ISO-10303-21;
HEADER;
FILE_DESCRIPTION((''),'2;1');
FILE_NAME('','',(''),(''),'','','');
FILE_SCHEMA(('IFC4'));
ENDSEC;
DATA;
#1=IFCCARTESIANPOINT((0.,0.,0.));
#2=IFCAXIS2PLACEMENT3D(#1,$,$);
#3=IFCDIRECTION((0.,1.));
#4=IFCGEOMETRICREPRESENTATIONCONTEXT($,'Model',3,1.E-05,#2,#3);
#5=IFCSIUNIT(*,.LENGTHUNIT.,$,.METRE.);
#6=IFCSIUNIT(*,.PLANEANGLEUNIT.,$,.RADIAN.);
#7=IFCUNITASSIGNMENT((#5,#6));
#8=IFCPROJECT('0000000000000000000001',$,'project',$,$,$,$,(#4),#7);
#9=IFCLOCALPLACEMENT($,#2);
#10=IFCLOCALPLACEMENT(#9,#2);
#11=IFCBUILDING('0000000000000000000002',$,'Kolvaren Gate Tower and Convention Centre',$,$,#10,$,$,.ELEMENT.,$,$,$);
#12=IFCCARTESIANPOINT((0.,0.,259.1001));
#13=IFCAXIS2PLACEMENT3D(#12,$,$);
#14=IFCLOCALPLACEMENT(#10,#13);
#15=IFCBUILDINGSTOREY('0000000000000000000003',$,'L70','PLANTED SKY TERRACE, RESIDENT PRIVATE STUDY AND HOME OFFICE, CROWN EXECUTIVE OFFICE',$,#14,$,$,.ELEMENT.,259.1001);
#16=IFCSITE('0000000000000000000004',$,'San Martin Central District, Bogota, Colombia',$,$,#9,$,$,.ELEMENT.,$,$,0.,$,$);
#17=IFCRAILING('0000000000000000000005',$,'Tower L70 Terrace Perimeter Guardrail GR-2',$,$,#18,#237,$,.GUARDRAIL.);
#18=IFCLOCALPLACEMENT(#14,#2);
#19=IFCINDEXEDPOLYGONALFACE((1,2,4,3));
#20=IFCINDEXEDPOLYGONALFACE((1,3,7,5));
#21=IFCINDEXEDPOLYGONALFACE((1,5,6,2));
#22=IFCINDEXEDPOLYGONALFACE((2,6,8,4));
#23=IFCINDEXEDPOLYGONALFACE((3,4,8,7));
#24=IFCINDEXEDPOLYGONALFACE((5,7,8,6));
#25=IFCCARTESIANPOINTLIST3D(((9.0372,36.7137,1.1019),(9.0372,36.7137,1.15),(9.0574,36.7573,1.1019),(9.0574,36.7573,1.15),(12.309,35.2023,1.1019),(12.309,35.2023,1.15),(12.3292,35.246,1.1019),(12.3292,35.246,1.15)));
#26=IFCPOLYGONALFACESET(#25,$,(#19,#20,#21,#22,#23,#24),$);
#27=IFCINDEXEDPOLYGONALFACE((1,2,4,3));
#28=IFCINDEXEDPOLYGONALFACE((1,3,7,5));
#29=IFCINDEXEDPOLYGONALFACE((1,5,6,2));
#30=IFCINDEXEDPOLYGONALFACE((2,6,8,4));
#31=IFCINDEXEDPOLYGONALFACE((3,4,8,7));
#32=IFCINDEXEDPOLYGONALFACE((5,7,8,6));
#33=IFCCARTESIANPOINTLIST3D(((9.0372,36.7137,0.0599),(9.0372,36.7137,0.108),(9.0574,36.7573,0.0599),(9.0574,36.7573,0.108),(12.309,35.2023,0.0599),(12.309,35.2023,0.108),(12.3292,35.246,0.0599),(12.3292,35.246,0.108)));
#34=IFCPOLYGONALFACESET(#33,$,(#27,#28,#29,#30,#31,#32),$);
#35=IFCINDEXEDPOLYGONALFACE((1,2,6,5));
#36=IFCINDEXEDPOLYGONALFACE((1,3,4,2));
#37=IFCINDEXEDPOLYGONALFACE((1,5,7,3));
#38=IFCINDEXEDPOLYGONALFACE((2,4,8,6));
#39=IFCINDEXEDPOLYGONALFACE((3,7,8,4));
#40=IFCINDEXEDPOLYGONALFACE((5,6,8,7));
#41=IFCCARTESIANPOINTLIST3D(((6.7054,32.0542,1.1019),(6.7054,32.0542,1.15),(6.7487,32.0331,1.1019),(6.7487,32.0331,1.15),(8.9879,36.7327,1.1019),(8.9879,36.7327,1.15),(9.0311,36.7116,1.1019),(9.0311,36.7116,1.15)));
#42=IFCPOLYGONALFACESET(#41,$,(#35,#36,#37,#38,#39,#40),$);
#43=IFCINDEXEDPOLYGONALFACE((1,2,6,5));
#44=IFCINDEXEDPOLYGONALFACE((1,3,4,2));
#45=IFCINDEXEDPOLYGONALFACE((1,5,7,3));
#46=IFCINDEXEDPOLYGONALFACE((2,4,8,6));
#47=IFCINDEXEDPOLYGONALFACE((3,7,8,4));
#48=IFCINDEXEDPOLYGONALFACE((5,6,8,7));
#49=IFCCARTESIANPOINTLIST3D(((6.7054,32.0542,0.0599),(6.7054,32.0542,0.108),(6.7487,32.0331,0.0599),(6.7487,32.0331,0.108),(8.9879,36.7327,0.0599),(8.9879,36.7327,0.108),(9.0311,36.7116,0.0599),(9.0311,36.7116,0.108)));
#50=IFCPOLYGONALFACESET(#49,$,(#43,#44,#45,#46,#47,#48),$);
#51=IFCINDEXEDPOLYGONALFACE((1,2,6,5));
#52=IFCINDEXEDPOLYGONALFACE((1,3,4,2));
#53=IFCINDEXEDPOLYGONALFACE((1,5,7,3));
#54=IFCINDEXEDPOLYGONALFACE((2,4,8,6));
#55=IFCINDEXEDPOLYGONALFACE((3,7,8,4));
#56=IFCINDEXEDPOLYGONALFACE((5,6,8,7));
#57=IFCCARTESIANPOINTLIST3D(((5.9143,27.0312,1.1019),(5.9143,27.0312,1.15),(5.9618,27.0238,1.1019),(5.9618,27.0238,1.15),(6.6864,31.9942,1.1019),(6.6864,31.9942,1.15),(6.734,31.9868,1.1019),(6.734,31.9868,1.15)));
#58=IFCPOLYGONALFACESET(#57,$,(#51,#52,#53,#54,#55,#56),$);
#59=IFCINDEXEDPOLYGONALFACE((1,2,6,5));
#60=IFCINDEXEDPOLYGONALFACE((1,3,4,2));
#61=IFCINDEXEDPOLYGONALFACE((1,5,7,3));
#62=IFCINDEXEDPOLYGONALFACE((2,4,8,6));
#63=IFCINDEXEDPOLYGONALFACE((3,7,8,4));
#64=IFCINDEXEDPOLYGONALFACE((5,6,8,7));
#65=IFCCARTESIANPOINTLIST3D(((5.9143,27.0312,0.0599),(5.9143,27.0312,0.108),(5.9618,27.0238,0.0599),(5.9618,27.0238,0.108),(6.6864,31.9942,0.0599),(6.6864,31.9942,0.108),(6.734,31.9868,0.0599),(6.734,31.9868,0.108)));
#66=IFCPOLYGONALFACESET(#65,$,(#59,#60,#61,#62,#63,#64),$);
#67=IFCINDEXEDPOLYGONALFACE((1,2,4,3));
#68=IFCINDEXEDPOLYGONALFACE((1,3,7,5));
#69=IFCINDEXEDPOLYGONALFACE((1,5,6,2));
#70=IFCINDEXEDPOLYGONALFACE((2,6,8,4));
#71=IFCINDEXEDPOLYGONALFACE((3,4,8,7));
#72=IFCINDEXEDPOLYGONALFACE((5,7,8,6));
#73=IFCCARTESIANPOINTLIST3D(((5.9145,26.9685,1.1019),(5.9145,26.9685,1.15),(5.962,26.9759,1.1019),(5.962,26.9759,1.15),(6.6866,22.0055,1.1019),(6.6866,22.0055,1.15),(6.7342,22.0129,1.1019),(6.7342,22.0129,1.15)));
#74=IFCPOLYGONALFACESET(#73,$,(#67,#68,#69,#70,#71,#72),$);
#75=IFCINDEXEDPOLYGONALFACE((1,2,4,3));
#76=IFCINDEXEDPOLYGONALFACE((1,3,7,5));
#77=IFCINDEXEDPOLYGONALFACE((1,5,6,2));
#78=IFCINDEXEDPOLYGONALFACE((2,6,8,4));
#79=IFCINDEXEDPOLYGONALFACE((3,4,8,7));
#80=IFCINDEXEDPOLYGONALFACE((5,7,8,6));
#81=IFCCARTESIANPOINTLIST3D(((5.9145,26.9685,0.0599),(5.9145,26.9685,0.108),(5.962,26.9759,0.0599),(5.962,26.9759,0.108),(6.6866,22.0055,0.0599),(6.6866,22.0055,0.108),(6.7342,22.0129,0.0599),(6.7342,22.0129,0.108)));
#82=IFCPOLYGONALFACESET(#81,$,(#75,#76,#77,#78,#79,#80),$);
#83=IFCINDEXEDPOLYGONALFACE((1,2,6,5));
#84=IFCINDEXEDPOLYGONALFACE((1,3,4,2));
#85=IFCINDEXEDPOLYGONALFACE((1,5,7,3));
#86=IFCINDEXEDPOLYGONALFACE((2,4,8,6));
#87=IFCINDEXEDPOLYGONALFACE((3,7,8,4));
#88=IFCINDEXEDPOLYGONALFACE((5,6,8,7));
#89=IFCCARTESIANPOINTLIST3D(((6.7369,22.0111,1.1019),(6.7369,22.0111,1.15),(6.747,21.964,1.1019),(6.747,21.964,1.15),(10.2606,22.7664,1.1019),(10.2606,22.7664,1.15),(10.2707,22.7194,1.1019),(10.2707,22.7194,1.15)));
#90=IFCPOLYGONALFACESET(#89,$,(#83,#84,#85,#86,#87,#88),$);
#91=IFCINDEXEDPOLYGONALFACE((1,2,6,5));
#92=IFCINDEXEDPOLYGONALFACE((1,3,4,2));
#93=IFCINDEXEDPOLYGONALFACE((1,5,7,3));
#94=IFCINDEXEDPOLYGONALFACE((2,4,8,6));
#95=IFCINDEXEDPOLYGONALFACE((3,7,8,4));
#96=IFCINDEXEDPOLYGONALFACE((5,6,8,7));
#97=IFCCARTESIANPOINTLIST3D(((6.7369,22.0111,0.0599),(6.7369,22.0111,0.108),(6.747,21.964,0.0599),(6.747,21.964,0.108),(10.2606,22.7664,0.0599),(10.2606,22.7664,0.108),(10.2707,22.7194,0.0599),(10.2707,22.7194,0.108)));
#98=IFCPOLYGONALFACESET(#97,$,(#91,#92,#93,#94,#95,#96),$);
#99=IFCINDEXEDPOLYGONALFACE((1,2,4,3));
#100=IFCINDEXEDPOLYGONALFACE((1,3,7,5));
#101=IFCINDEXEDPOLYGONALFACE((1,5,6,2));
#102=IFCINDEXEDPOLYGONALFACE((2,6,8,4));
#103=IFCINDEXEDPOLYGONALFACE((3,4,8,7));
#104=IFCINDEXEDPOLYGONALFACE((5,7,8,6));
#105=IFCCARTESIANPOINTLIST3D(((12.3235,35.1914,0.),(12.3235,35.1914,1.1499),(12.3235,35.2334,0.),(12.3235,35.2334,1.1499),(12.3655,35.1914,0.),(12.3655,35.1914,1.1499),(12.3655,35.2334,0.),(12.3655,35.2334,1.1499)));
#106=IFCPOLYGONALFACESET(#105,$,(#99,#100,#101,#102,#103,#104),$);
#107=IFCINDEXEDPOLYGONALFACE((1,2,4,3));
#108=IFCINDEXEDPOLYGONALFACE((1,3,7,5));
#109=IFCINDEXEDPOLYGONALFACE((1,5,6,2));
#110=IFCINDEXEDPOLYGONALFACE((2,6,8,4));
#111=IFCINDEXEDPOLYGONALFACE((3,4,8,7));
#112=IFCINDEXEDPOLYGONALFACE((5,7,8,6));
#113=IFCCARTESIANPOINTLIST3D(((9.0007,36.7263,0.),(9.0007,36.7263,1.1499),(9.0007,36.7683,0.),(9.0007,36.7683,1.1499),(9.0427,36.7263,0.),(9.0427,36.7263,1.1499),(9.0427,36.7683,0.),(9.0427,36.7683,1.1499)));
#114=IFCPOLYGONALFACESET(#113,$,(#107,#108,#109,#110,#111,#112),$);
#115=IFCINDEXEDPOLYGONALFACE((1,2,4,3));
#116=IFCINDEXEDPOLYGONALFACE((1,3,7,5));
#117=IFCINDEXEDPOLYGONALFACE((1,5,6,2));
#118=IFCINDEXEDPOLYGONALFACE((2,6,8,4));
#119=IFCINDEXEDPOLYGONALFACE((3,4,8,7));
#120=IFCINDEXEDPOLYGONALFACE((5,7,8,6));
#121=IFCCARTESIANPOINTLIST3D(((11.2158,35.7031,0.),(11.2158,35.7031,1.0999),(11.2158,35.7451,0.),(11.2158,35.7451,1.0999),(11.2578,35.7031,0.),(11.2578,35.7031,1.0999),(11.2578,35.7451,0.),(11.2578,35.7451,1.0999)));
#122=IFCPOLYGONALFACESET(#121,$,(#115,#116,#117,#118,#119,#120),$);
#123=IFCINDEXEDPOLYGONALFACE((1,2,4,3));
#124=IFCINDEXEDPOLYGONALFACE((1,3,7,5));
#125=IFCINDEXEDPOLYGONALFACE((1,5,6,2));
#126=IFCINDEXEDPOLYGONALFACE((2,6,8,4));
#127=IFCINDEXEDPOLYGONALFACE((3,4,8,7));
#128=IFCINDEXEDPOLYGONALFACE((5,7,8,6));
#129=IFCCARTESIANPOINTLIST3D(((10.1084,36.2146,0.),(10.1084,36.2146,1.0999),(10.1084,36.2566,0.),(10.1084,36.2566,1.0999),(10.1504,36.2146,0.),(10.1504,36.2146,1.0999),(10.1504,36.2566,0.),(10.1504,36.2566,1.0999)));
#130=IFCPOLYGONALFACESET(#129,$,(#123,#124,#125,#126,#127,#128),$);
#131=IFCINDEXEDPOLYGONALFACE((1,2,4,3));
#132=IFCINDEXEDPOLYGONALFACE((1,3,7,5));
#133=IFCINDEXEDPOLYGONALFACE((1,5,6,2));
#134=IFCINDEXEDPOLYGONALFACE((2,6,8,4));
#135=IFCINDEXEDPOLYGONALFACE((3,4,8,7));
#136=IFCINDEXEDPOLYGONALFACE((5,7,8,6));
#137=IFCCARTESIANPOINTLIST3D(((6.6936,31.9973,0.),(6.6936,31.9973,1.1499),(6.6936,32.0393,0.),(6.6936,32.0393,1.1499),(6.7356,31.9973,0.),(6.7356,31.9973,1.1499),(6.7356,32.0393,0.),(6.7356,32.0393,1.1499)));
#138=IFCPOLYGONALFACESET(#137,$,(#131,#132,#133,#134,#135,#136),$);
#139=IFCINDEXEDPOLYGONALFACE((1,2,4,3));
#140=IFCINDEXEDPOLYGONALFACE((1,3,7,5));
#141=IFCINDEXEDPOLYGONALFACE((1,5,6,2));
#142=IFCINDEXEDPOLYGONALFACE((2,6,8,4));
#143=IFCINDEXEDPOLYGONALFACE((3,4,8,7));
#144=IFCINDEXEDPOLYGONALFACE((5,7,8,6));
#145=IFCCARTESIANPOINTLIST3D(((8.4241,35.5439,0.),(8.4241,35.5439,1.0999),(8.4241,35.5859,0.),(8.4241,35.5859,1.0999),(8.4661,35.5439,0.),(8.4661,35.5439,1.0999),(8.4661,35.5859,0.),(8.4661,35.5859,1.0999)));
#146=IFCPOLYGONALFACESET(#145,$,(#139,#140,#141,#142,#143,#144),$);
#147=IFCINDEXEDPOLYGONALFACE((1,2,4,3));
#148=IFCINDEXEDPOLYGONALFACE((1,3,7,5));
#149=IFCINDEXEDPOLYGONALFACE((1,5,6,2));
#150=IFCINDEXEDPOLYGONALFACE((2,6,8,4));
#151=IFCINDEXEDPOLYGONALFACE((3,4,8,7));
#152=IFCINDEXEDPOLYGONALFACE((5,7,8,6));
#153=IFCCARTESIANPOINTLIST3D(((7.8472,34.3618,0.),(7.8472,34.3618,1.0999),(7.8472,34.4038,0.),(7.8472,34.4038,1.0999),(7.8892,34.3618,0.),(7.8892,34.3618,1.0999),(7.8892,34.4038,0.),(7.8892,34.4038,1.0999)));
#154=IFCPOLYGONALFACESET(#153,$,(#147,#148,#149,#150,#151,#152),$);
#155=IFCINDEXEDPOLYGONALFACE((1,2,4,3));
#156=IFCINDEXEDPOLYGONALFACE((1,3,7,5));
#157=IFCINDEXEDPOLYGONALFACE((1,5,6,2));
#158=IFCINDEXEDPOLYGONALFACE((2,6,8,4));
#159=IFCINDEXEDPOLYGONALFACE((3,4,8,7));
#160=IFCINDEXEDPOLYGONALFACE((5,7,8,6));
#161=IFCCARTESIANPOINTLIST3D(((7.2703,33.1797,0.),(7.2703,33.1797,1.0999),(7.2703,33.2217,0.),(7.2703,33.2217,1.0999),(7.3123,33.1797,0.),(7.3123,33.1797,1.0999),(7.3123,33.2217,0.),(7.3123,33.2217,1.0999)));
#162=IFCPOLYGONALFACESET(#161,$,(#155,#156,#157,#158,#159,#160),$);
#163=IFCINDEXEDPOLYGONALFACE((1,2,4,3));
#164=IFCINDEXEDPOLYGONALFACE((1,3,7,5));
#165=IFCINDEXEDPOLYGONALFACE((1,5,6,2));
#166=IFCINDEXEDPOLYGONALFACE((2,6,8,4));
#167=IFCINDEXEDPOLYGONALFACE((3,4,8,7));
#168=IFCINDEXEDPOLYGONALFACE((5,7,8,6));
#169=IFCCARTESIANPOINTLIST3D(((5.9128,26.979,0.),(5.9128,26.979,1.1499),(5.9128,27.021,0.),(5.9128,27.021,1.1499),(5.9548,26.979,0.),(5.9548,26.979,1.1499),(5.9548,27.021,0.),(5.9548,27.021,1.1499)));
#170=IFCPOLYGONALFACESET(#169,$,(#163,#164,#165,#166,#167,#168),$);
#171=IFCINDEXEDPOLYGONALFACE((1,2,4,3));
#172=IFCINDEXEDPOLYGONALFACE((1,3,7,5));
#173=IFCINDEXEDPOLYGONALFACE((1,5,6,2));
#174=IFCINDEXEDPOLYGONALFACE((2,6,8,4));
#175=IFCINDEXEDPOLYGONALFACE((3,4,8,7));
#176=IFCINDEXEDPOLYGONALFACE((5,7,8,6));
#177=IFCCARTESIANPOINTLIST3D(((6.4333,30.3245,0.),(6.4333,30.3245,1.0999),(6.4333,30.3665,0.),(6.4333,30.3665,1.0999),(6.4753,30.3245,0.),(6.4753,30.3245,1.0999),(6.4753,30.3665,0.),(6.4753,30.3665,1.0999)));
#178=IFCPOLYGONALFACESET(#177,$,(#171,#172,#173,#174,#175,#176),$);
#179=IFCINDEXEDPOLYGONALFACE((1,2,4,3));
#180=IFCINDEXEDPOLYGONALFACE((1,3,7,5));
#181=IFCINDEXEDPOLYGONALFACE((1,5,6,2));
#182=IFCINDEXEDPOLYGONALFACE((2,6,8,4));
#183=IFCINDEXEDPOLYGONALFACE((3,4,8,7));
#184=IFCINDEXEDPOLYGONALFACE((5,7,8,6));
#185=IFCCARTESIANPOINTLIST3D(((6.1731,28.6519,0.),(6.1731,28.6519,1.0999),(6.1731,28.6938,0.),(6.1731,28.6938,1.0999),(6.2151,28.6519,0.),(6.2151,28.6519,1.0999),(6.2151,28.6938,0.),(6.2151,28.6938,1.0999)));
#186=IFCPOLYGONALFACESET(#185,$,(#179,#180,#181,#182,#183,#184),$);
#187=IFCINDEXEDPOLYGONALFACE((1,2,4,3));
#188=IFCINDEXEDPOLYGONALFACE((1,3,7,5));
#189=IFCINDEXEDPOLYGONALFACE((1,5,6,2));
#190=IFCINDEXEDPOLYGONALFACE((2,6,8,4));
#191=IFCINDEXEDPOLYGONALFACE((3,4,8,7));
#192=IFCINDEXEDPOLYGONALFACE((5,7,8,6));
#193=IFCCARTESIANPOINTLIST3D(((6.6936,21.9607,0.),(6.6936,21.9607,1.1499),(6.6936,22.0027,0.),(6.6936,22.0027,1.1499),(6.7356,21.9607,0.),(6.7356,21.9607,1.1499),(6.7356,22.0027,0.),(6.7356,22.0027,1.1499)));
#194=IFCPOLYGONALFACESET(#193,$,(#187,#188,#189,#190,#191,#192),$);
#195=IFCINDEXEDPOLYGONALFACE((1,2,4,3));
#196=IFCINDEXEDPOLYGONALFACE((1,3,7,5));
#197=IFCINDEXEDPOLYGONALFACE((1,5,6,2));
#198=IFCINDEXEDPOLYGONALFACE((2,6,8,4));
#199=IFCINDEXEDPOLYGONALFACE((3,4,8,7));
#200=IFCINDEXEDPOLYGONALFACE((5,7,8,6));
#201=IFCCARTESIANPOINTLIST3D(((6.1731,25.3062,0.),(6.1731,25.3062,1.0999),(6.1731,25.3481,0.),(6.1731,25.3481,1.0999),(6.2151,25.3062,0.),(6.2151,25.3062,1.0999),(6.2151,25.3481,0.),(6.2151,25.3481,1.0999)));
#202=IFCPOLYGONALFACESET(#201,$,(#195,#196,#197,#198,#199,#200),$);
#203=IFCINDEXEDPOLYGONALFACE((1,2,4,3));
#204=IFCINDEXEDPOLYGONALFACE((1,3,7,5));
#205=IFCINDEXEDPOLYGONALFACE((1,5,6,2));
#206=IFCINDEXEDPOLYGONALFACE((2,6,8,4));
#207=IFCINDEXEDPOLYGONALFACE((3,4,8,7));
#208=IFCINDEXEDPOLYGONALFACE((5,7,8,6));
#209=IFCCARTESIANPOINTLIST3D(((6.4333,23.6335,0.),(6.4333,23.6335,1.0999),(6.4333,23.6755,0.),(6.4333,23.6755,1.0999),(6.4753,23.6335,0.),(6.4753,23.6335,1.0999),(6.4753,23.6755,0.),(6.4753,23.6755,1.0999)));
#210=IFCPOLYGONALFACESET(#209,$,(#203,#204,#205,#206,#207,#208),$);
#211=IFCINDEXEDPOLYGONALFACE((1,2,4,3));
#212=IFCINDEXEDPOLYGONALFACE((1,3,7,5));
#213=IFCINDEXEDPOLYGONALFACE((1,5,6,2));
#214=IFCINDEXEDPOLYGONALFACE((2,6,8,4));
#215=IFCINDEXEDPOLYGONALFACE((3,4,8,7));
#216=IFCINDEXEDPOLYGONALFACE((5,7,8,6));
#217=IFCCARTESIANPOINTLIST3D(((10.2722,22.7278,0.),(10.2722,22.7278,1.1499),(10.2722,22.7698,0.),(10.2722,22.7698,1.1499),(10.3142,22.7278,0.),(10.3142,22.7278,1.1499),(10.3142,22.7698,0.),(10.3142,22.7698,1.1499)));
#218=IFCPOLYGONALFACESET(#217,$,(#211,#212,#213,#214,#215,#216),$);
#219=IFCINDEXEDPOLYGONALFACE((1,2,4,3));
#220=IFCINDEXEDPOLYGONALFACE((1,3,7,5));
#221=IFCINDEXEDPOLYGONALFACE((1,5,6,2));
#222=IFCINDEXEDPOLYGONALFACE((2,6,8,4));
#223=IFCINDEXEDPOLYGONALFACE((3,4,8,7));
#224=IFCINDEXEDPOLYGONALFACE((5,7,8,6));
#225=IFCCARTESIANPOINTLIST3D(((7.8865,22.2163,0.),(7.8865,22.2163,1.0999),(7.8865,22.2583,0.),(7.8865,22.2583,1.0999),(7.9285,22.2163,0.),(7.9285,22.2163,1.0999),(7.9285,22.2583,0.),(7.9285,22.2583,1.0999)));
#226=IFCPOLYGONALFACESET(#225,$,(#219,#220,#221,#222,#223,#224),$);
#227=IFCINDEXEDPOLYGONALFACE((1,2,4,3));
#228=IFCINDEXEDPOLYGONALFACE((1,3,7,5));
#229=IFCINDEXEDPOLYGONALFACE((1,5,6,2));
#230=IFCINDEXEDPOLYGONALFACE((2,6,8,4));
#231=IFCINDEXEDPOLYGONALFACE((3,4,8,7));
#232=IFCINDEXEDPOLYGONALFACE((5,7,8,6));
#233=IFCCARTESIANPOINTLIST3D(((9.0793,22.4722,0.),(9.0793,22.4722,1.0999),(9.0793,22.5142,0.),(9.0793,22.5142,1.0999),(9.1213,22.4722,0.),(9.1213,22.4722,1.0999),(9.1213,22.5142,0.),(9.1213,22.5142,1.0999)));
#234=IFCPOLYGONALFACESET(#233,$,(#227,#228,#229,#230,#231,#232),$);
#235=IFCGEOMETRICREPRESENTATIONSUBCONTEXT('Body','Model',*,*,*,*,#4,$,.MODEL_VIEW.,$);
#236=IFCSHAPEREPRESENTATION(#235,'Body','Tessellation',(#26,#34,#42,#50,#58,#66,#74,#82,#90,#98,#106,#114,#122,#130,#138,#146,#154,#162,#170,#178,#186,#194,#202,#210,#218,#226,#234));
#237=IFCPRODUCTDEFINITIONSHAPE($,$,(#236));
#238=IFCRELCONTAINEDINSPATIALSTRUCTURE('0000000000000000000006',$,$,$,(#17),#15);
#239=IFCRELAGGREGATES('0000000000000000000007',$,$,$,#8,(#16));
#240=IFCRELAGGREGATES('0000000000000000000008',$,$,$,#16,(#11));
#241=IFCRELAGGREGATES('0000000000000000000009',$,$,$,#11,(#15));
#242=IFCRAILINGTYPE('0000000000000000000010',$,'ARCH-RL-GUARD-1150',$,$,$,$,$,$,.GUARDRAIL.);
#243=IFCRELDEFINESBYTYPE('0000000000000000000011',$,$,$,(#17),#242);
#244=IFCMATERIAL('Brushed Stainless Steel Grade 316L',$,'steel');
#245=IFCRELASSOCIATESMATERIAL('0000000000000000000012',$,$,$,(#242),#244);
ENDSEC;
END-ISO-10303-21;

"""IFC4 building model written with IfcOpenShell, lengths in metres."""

from ifc_helpers import new_model, si_unit, direction, frame, origin, origin_2d, place, context, subcontext, project, spatial, rectangle, extrude, material, type_object, element, save


model = new_model("IFC4")

# Units and contexts
model_context = context("Model", 3, precision=1e-05, world=origin(), true_north=direction((0.0, 1.0)))
body_context = subcontext(model_context, "Body", "Model", "MODEL_VIEW")
ifc_project = project(units=[si_unit("LENGTHUNIT", "METRE"), si_unit("PLANEANGLEUNIT", "RADIAN")], contexts=[model_context])

# Site, building, storey
site_placement = place(None, origin())
site = spatial("IfcSite", under=ifc_project, at=site_placement, Name="San Martin Central District, Bogota, Colombia", CompositionType="ELEMENT", RefElevation=0.0)
building_placement = place(site_placement, origin())
building = spatial("IfcBuilding", under=site, at=building_placement, Name="Kolvaren Gate Tower and Convention Centre", CompositionType="ELEMENT")
storey_placement = place(building_placement, frame((0.0, 0.0, 259.1001)))
storey = spatial("IfcBuildingStorey", under=building, at=storey_placement, Name="L70", Description="PLANTED SKY TERRACE, RESIDENT PRIVATE STUDY AND HOME OFFICE, CROWN EXECUTIVE OFFICE", CompositionType="ELEMENT", Elevation=259.1001)

# Railing
ifc_material_1 = material(Name="Brushed Stainless Steel Grade 316L", Category="steel")
railing_type = type_object("IfcRailingType", Name="ARCH-RL-GUARD-1150", PredefinedType="GUARDRAIL", material=ifc_material_1)
railing_placement = place(storey_placement, frame((12.3445, 35.2124, 0.0)))
element("IfcRailing", 1, at=railing_placement, inside=storey, type_object=railing_type, Name="Tower L70 Terrace Perimeter Guardrail GR-2", PredefinedType="GUARDRAIL", context=body_context, shape_type="SweptSolid", body=[
    extrude(rectangle(XDim=0.0481, YDim=0.0481, at=origin_2d()), frame((-0.0254, 0.0117, 1.126), z_axis=(-0.907821, 0.419358, 0.0), x_axis=(-0.419358, -0.907821, 0.0)), (0.0, 0.0, 1.0), 3.604),
    extrude(rectangle(XDim=0.0481, YDim=0.0481, at=origin_2d()), frame((-0.0254, 0.0117, 0.084), z_axis=(-0.907821, 0.419358, 0.0), x_axis=(-0.419358, -0.907821, 0.0)), (0.0, 0.0, 1.0), 3.604),
    extrude(rectangle(XDim=0.0481, YDim=0.0481, at=origin_2d()), frame((-3.335, 1.5098, 1.126), z_axis=(-0.438469, -0.898746, 0.0), x_axis=(0.898746, -0.438469, 0.0)), (0.0, 0.0, 1.0), 5.2056),
    extrude(rectangle(XDim=0.0481, YDim=0.0481, at=origin_2d()), frame((-3.335, 1.5098, 0.084), z_axis=(-0.438469, -0.898746, 0.0), x_axis=(0.898746, -0.438469, 0.0)), (0.0, 0.0, 1.0), 5.2056),
    extrude(rectangle(XDim=0.0481, YDim=0.0481, at=origin_2d()), frame((-5.6343, -3.2219, 1.126), z_axis=(-0.153733, -0.988112, 0.0), x_axis=(0.988112, -0.153733, 0.0)), (0.0, 0.0, 1.0), 5.0227),
    extrude(rectangle(XDim=0.0481, YDim=0.0481, at=origin_2d()), frame((-5.6343, -3.2219, 0.084), z_axis=(-0.153733, -0.988112, 0.0), x_axis=(0.988112, -0.153733, 0.0)), (0.0, 0.0, 1.0), 5.0227),
    extrude(rectangle(XDim=0.0481, YDim=0.0481, at=origin_2d()), frame((-6.4062, -8.2402, 1.126), z_axis=(0.153733, -0.988112, 0.0), x_axis=(0.988112, 0.153733, 0.0)), (0.0, 0.0, 1.0), 5.0227),
    extrude(rectangle(XDim=0.0481, YDim=0.0481, at=origin_2d()), frame((-6.4062, -8.2402, 0.084), z_axis=(0.153733, -0.988112, 0.0), x_axis=(0.988112, 0.153733, 0.0)), (0.0, 0.0, 1.0), 5.0227),
    extrude(rectangle(XDim=0.0481, YDim=0.0481, at=origin_2d()), frame((-5.6025, -13.2249, 1.126), z_axis=(0.977789, 0.209593, 0.0), x_axis=(-0.209593, 0.977789, 0.0)), (0.0, 0.0, 1.0), 3.6038),
    extrude(rectangle(XDim=0.0481, YDim=0.0481, at=origin_2d()), frame((-5.6025, -13.2249, 0.084), z_axis=(0.977789, 0.209593, 0.0), x_axis=(-0.209593, 0.977789, 0.0)), (0.0, 0.0, 1.0), 3.6038),
    extrude(rectangle(XDim=0.042, YDim=0.042, at=origin_2d()), origin(), (0.0, 0.0, 1.0), 1.1499),
    extrude(rectangle(XDim=0.042, YDim=0.042, at=origin_2d()), frame((-3.3228, 1.5349, 0.0)), (0.0, 0.0, 1.0), 1.1499),
    extrude(rectangle(XDim=0.042, YDim=0.042, at=origin_2d()), frame((-1.1077, 0.5117, 0.0)), (0.0, 0.0, 1.0), 1.0999),
    extrude(rectangle(XDim=0.042, YDim=0.042, at=origin_2d()), frame((-2.2151, 1.0232, 0.0)), (0.0, 0.0, 1.0), 1.0999),
    extrude(rectangle(XDim=0.042, YDim=0.042, at=origin_2d()), frame((-5.6299, -3.1941, 0.0)), (0.0, 0.0, 1.0), 1.1499),
    extrude(rectangle(XDim=0.042, YDim=0.042, at=origin_2d()), frame((-3.8994, 0.3525, 0.0)), (0.0, 0.0, 1.0), 1.0999),
    extrude(rectangle(XDim=0.042, YDim=0.042, at=origin_2d()), frame((-4.4763, -0.8296, 0.0)), (0.0, 0.0, 1.0), 1.0999),
    extrude(rectangle(XDim=0.042, YDim=0.042, at=origin_2d()), frame((-5.0532, -2.0117, 0.0)), (0.0, 0.0, 1.0), 1.0999),
    extrude(rectangle(XDim=0.042, YDim=0.042, at=origin_2d()), frame((-6.4106, -8.2124, 0.0)), (0.0, 0.0, 1.0), 1.1499),
    extrude(rectangle(XDim=0.042, YDim=0.042, at=origin_2d()), frame((-5.8901, -4.8669, 0.0)), (0.0, 0.0, 1.0), 1.0999),
    extrude(rectangle(XDim=0.042, YDim=0.042, at=origin_2d()), frame((-6.1504, -6.5396, 0.0)), (0.0, 0.0, 1.0), 1.0999),
    extrude(rectangle(XDim=0.042, YDim=0.042, at=origin_2d()), frame((-5.6299, -13.2307, 0.0)), (0.0, 0.0, 1.0), 1.1499),
    extrude(rectangle(XDim=0.042, YDim=0.042, at=origin_2d()), frame((-6.1504, -9.8853, 0.0)), (0.0, 0.0, 1.0), 1.0999),
    extrude(rectangle(XDim=0.042, YDim=0.042, at=origin_2d()), frame((-5.8901, -11.5579, 0.0)), (0.0, 0.0, 1.0), 1.0999),
    extrude(rectangle(XDim=0.042, YDim=0.042, at=origin_2d()), frame((-2.0513, -12.4636, 0.0)), (0.0, 0.0, 1.0), 1.1499),
    extrude(rectangle(XDim=0.042, YDim=0.042, at=origin_2d()), frame((-4.437, -12.9751, 0.0)), (0.0, 0.0, 1.0), 1.0999),
    extrude(rectangle(XDim=0.042, YDim=0.042, at=origin_2d()), frame((-3.2441, -12.7192, 0.0)), (0.0, 0.0, 1.0), 1.0999),
])

save(model, "model.ifc")
